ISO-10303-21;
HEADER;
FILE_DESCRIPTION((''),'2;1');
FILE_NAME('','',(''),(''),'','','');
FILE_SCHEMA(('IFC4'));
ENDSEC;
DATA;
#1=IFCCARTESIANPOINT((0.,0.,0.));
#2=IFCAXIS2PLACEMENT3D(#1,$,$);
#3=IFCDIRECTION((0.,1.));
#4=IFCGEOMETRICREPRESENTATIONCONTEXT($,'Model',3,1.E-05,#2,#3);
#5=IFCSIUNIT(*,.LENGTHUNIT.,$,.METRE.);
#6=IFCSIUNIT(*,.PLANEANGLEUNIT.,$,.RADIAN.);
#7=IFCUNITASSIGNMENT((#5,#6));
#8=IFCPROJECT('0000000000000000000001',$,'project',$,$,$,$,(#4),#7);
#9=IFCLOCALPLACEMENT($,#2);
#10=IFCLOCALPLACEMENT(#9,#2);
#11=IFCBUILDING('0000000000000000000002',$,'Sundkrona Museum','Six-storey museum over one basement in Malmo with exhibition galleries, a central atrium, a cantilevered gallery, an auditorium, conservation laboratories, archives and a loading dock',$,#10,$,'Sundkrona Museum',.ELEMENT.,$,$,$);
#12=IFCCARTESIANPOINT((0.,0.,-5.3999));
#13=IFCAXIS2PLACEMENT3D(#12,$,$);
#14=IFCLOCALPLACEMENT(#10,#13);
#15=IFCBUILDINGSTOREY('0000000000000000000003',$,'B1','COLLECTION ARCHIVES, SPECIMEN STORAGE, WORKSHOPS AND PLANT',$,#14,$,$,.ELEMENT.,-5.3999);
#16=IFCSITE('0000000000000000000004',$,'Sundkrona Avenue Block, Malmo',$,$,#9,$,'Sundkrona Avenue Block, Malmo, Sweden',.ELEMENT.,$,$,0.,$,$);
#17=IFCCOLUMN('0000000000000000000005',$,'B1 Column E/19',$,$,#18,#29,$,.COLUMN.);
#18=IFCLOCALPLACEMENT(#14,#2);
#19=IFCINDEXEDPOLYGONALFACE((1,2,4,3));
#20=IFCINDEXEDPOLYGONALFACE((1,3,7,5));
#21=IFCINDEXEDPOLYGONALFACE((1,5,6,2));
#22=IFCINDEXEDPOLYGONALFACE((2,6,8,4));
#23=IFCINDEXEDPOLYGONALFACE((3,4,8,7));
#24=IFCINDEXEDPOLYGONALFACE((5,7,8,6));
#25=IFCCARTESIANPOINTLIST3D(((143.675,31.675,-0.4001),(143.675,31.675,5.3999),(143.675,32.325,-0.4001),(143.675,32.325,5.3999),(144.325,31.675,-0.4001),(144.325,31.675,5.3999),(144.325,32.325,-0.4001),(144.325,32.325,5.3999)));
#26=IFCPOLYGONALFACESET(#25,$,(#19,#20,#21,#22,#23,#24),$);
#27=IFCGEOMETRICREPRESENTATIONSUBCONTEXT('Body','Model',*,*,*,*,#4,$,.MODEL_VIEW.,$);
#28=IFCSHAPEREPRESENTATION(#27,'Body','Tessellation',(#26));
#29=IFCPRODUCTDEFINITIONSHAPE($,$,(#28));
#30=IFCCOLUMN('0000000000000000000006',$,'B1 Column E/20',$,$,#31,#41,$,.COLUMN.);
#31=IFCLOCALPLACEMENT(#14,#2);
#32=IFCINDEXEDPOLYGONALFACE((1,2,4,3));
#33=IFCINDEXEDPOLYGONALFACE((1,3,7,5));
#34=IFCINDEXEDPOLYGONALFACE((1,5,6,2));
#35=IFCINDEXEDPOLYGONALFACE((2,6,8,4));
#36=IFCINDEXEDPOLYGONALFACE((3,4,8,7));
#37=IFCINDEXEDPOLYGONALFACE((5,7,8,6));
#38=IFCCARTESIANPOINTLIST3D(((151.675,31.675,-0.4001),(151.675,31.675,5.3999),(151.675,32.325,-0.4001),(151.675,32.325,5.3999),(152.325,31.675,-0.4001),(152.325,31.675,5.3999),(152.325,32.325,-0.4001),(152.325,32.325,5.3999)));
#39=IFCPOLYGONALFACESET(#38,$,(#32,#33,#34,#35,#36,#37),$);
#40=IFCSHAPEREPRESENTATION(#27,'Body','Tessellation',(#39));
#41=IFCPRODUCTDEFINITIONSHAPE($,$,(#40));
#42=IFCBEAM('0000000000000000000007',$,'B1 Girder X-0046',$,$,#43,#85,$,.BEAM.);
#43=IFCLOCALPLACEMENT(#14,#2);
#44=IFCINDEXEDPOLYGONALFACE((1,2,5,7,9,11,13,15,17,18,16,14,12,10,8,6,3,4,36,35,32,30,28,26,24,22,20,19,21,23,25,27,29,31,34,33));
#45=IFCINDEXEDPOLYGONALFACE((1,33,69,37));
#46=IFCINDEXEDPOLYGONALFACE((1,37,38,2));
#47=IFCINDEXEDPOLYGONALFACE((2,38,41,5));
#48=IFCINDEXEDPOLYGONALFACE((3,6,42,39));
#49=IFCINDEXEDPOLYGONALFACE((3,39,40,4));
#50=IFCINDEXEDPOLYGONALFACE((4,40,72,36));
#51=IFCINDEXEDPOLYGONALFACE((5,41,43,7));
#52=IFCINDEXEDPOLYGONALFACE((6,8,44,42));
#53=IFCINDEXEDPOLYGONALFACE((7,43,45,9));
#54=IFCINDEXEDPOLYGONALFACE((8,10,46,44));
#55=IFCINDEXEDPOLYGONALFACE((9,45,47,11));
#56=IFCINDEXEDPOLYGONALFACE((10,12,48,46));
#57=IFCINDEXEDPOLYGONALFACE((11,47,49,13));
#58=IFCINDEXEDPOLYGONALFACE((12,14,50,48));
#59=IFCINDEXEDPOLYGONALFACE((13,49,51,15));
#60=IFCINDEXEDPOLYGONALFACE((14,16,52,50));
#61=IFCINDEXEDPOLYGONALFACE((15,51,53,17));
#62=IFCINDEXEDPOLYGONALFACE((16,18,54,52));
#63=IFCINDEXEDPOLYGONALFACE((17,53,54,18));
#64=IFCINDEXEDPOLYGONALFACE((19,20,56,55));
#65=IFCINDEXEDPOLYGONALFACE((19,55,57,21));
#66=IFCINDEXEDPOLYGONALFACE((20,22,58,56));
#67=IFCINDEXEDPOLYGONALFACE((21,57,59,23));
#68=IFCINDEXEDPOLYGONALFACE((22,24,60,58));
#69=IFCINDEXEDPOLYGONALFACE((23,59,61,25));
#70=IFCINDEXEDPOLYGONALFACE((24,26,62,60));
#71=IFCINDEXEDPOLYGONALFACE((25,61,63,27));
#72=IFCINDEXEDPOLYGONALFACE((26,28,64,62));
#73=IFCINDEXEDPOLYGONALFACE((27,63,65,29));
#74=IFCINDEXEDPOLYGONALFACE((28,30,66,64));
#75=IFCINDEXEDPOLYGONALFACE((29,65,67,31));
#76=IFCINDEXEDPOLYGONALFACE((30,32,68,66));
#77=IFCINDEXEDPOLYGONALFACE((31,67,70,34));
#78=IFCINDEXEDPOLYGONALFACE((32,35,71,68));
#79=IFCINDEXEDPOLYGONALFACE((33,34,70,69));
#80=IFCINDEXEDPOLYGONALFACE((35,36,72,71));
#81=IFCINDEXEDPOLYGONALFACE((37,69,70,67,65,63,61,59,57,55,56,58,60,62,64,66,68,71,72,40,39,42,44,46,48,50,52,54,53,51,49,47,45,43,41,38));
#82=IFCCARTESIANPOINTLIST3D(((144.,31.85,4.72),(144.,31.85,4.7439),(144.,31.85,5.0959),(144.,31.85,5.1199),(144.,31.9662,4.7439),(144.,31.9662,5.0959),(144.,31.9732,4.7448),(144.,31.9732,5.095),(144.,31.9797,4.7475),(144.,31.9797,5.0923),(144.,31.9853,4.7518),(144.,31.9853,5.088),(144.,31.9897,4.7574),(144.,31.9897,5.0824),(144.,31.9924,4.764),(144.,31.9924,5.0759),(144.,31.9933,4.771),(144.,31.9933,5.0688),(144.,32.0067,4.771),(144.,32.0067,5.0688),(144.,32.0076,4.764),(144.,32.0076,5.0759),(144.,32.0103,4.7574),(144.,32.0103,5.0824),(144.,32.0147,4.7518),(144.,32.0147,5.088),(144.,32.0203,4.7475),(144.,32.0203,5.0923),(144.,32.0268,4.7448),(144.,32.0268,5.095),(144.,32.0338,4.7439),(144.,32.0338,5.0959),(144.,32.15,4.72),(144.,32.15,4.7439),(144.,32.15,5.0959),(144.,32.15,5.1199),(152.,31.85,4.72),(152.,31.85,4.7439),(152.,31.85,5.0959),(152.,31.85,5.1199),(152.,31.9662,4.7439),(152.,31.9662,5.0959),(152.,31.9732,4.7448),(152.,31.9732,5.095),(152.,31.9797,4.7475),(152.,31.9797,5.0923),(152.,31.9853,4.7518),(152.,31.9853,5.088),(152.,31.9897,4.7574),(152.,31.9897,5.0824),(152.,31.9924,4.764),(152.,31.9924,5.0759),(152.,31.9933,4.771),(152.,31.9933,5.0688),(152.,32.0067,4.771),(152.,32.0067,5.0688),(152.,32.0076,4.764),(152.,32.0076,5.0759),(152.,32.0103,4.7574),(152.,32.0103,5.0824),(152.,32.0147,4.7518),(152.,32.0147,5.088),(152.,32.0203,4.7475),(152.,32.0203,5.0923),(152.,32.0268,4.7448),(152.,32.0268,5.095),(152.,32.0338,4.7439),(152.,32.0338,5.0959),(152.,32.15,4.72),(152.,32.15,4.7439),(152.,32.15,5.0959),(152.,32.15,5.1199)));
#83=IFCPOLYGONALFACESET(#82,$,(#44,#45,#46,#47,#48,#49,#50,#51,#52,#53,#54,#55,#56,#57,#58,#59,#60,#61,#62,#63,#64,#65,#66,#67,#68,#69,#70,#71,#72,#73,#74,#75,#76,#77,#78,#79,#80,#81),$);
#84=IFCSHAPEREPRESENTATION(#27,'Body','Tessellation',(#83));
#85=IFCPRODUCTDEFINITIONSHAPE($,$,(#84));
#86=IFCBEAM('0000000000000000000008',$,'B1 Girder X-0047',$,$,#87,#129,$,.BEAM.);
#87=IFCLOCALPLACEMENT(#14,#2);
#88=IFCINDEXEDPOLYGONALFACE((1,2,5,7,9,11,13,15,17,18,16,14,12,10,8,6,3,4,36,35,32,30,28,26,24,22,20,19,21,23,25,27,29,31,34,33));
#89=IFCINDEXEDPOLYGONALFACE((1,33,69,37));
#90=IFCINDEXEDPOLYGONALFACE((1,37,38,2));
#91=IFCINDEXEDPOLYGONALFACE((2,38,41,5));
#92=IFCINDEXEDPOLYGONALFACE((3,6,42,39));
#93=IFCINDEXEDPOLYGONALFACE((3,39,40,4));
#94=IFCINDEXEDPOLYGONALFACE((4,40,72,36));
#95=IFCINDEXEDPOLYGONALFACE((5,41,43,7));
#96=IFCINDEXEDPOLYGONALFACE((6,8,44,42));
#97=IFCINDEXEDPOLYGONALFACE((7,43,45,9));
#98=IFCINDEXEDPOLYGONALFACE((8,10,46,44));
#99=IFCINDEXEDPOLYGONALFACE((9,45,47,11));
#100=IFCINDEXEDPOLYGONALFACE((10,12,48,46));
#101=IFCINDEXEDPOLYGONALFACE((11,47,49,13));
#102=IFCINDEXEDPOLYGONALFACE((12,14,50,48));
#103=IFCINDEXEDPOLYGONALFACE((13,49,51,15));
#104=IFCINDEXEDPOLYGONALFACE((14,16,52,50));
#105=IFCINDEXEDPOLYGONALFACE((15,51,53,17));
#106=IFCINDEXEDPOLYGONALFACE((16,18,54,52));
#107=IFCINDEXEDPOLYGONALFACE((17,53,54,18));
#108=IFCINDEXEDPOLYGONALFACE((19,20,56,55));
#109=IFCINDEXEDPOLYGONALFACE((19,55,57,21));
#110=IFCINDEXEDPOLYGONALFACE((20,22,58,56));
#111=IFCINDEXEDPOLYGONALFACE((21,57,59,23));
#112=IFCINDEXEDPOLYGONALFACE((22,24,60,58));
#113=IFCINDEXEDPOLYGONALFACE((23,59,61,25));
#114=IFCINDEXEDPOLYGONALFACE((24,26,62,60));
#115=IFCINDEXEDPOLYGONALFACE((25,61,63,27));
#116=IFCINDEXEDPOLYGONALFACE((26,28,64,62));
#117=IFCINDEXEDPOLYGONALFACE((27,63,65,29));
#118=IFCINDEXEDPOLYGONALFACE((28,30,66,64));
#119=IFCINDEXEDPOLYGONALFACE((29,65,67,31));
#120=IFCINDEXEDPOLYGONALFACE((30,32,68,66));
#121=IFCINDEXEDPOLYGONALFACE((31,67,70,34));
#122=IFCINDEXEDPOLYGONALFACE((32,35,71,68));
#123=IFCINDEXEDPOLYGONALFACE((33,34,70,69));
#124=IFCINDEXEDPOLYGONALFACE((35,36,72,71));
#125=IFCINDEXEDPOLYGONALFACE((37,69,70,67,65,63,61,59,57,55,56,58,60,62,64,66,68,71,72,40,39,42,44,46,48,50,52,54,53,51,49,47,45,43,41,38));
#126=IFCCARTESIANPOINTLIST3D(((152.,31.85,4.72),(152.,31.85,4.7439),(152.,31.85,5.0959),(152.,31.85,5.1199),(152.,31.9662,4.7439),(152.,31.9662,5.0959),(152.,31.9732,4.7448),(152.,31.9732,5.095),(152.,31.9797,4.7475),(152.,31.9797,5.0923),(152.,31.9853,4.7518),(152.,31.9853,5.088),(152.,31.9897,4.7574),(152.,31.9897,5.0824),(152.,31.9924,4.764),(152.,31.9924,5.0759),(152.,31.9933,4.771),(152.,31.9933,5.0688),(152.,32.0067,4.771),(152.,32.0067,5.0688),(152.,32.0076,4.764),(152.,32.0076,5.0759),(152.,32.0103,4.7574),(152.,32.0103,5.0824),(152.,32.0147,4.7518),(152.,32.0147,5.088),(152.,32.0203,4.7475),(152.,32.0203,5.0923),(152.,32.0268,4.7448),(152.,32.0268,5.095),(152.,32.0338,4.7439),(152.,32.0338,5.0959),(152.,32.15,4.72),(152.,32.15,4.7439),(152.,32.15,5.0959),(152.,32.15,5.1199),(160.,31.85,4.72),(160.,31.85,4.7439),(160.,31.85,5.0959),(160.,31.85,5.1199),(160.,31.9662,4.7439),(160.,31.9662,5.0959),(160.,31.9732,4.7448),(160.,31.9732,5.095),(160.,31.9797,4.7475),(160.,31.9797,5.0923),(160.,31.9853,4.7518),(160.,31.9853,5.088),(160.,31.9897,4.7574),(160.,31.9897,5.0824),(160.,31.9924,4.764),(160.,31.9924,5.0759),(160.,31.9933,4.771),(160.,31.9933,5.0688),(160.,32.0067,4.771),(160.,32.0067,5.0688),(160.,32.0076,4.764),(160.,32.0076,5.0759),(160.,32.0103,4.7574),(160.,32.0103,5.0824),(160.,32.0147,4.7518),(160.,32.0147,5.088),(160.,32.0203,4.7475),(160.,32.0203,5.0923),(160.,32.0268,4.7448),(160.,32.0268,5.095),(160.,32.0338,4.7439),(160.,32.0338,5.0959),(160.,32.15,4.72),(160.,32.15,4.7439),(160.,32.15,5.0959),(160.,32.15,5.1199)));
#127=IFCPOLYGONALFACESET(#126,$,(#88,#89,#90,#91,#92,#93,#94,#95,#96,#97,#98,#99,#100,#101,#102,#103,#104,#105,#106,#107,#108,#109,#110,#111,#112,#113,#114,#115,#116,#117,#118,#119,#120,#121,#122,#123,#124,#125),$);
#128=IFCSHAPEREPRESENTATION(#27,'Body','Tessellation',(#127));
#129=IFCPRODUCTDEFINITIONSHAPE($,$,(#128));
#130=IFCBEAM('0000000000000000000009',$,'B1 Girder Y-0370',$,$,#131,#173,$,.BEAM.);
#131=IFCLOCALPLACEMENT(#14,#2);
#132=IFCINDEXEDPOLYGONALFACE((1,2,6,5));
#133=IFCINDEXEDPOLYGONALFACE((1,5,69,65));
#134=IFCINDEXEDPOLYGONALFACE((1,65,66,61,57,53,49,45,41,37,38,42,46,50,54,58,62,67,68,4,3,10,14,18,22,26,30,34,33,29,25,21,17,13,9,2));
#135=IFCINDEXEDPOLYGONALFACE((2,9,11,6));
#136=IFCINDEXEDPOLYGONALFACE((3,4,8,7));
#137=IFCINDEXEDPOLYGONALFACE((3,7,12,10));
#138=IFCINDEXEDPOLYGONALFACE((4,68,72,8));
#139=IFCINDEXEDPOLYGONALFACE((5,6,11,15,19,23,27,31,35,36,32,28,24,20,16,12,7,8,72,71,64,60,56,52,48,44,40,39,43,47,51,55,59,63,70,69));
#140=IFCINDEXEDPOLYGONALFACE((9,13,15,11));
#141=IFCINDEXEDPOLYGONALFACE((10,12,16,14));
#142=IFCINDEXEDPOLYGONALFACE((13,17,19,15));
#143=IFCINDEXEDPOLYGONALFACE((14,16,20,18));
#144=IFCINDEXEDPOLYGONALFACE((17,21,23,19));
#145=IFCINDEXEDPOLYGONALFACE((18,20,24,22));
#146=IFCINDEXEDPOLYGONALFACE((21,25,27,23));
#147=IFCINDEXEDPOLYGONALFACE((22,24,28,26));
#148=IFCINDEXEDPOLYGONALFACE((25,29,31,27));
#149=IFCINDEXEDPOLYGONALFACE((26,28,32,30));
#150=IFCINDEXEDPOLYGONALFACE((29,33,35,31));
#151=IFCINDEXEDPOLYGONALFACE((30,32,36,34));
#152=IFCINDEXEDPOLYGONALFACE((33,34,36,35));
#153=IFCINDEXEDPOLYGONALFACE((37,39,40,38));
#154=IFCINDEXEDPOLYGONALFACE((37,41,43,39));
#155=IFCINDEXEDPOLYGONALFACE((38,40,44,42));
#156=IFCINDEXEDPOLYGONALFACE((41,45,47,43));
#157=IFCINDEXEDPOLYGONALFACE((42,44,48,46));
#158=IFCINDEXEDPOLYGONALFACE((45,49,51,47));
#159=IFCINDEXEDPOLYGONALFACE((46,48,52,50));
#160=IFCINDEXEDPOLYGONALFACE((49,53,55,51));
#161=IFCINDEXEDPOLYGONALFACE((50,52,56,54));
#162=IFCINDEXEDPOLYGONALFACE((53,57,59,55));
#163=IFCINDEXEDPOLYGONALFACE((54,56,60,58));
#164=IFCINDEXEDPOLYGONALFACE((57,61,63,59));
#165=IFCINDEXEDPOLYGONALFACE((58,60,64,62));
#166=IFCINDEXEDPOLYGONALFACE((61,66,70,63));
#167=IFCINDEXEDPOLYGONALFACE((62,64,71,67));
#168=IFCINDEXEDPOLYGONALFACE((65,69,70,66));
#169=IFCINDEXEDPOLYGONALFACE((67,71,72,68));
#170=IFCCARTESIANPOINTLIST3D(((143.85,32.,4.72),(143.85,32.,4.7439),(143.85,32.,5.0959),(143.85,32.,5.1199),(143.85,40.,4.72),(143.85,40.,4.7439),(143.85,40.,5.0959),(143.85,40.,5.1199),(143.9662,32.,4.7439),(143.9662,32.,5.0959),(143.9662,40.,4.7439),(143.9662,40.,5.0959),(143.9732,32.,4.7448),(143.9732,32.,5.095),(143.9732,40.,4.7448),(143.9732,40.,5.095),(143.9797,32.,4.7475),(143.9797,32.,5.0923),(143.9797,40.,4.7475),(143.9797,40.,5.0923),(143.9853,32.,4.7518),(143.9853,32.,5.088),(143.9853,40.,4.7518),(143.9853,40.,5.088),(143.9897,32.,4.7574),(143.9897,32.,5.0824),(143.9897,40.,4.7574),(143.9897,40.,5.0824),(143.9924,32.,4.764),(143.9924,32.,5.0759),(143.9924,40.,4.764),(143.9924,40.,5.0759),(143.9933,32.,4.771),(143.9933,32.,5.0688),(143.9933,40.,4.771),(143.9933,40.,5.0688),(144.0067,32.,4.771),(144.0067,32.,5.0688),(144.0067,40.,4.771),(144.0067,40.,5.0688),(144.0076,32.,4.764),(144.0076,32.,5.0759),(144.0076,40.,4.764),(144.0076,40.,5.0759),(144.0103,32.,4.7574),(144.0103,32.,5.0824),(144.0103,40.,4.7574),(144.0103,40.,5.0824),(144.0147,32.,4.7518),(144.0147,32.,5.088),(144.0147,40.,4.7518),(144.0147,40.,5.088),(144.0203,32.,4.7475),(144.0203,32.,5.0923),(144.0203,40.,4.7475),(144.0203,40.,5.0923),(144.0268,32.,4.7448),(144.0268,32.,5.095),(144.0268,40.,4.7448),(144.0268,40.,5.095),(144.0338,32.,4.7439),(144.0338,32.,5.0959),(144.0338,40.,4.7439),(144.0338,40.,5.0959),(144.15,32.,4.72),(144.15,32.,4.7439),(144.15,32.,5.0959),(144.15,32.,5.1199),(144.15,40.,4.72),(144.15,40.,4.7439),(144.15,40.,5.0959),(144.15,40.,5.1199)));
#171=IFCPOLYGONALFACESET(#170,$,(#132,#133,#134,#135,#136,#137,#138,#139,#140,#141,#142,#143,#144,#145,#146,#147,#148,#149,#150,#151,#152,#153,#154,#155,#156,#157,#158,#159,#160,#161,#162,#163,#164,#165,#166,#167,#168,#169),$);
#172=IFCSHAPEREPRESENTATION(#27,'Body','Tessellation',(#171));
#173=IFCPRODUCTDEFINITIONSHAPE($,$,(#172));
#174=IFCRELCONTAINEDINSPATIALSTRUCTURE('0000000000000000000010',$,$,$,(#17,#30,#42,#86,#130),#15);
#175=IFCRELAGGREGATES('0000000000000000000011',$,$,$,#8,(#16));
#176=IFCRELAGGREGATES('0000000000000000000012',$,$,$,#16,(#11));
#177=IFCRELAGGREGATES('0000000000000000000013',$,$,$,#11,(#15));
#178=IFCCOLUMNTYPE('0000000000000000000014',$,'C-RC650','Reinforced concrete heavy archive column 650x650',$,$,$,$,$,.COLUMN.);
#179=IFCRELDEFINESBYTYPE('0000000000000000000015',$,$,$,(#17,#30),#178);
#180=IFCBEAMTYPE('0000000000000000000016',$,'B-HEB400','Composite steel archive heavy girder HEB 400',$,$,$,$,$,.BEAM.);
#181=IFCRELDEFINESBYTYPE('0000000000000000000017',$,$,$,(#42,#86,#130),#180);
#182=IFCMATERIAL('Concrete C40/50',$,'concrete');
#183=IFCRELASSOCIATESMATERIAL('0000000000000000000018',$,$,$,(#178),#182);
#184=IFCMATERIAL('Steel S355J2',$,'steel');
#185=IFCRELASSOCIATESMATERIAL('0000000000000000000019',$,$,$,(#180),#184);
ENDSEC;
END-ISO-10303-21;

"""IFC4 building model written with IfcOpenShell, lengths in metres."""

from ifc_helpers import new_model, si_unit, direction, frame, origin, origin_2d, place, context, subcontext, project, spatial, rectangle, i_section, extrude, material, material_profile, profile_set, type_object, element, save


model = new_model("IFC4")

# Units and contexts
model_context = context("Model", 3, precision=1e-05, world=origin(), true_north=direction((0.0, 1.0)))
body_context = subcontext(model_context, "Body", "Model", "MODEL_VIEW")
ifc_project = project(units=[si_unit("LENGTHUNIT", "METRE"), si_unit("PLANEANGLEUNIT", "RADIAN")], contexts=[model_context])

# Site, building, storey
site_placement = place(None, origin())
site = spatial("IfcSite", under=ifc_project, at=site_placement, Name="Sundkrona Avenue Block, Malmo", LongName="Sundkrona Avenue Block, Malmo, Sweden", CompositionType="ELEMENT", RefElevation=0.0)
building_placement = place(site_placement, origin())
building = spatial("IfcBuilding", under=site, at=building_placement, Name="Sundkrona Museum", Description="Six-storey museum over one basement in Malmo with exhibition galleries, a central atrium, a cantilevered gallery, an auditorium, conservation laboratories, archives and a loading dock", LongName="Sundkrona Museum", CompositionType="ELEMENT")
storey_placement = place(building_placement, frame((0.0, 0.0, -5.3999)))
storey = spatial("IfcBuildingStorey", under=building, at=storey_placement, Name="B1", Description="COLLECTION ARCHIVES, SPECIMEN STORAGE, WORKSHOPS AND PLANT", CompositionType="ELEMENT", Elevation=-5.3999)

# Shared definitions
ifc_material_1 = material(Name="Concrete C40/50", Category="concrete")

# Columns
ifc_material_profile_1 = material_profile(ifc_material_1, rectangle(XDim=0.6499, YDim=0.6499, at=origin_2d()), Name="RC 650x650")
ifc_profile_set_1 = profile_set([ifc_material_profile_1], Name="Concrete C40/50")
column_type = type_object("IfcColumnType", Name="C-RC650", Description="Reinforced concrete heavy archive column 650x650", PredefinedType="COLUMN", material=ifc_profile_set_1)
for number, where, z_axis, x_axis, name in (
    (1, (144.0, 32.0, -0.4001), (0.0, 0.0, 1.0), (1.0, 0.0, 0.0), "B1 Column E/19"),
    (2, (152.0, 32.0, -0.4001), (0.0, 0.0, 1.0), (1.0, 0.0, 0.0), "B1 Column E/20"),
):
    element("IfcColumn", number, at=place(storey_placement, frame(where, z_axis=z_axis, x_axis=x_axis)), inside=storey, type_object=column_type, Name=name, PredefinedType="COLUMN", context=body_context, shape_type="SweptSolid", body=[
        extrude(rectangle(XDim=0.6499, YDim=0.6499, at=origin_2d()), origin(), (0.0, 0.0, 1.0), 5.8),
    ])

# Beams
ifc_material_2 = material(Name="Steel S355J2", Category="steel")
ifc_material_profile_2 = material_profile(ifc_material_2, i_section(OverallWidth=0.3, OverallDepth=0.3999, WebThickness=0.0134, FlangeThickness=0.0239, FilletRadius=0.0271, at=origin_2d()), Name="HEB 400")
ifc_profile_set_2 = profile_set([ifc_material_profile_2], Name="Steel S355J2")
beam_type_1 = type_object("IfcBeamType", Name="B-HEB400", Description="Composite steel archive heavy girder HEB 400", PredefinedType="BEAM", material=ifc_profile_set_2)
for number, where, z_axis, x_axis, name in (
    (3, (144.0, 32.0, 4.9199), (1.0, 0.0, 0.0), (0.0, 1.0, 0.0), "B1 Girder X-0046"),
    (4, (152.0, 32.0, 4.9199), (1.0, 0.0, 0.0), (0.0, 1.0, 0.0), "B1 Girder X-0047"),
    (5, (144.0, 32.0, 4.9199), (0.0, 1.0, 0.0), (-1.0, 0.0, 0.0), "B1 Girder Y-0370"),
):
    element("IfcBeam", number, at=place(storey_placement, frame(where, z_axis=z_axis, x_axis=x_axis)), inside=storey, type_object=beam_type_1, Name=name, PredefinedType="BEAM", context=body_context, shape_type="SweptSolid", body=[
        extrude(i_section(OverallWidth=0.3, OverallDepth=0.3999, WebThickness=0.0134, FlangeThickness=0.0239, FilletRadius=0.0271, at=origin_2d()), origin(), (0.0, 0.0, 1.0), 8.0),
    ])

save(model, "model.ifc")
